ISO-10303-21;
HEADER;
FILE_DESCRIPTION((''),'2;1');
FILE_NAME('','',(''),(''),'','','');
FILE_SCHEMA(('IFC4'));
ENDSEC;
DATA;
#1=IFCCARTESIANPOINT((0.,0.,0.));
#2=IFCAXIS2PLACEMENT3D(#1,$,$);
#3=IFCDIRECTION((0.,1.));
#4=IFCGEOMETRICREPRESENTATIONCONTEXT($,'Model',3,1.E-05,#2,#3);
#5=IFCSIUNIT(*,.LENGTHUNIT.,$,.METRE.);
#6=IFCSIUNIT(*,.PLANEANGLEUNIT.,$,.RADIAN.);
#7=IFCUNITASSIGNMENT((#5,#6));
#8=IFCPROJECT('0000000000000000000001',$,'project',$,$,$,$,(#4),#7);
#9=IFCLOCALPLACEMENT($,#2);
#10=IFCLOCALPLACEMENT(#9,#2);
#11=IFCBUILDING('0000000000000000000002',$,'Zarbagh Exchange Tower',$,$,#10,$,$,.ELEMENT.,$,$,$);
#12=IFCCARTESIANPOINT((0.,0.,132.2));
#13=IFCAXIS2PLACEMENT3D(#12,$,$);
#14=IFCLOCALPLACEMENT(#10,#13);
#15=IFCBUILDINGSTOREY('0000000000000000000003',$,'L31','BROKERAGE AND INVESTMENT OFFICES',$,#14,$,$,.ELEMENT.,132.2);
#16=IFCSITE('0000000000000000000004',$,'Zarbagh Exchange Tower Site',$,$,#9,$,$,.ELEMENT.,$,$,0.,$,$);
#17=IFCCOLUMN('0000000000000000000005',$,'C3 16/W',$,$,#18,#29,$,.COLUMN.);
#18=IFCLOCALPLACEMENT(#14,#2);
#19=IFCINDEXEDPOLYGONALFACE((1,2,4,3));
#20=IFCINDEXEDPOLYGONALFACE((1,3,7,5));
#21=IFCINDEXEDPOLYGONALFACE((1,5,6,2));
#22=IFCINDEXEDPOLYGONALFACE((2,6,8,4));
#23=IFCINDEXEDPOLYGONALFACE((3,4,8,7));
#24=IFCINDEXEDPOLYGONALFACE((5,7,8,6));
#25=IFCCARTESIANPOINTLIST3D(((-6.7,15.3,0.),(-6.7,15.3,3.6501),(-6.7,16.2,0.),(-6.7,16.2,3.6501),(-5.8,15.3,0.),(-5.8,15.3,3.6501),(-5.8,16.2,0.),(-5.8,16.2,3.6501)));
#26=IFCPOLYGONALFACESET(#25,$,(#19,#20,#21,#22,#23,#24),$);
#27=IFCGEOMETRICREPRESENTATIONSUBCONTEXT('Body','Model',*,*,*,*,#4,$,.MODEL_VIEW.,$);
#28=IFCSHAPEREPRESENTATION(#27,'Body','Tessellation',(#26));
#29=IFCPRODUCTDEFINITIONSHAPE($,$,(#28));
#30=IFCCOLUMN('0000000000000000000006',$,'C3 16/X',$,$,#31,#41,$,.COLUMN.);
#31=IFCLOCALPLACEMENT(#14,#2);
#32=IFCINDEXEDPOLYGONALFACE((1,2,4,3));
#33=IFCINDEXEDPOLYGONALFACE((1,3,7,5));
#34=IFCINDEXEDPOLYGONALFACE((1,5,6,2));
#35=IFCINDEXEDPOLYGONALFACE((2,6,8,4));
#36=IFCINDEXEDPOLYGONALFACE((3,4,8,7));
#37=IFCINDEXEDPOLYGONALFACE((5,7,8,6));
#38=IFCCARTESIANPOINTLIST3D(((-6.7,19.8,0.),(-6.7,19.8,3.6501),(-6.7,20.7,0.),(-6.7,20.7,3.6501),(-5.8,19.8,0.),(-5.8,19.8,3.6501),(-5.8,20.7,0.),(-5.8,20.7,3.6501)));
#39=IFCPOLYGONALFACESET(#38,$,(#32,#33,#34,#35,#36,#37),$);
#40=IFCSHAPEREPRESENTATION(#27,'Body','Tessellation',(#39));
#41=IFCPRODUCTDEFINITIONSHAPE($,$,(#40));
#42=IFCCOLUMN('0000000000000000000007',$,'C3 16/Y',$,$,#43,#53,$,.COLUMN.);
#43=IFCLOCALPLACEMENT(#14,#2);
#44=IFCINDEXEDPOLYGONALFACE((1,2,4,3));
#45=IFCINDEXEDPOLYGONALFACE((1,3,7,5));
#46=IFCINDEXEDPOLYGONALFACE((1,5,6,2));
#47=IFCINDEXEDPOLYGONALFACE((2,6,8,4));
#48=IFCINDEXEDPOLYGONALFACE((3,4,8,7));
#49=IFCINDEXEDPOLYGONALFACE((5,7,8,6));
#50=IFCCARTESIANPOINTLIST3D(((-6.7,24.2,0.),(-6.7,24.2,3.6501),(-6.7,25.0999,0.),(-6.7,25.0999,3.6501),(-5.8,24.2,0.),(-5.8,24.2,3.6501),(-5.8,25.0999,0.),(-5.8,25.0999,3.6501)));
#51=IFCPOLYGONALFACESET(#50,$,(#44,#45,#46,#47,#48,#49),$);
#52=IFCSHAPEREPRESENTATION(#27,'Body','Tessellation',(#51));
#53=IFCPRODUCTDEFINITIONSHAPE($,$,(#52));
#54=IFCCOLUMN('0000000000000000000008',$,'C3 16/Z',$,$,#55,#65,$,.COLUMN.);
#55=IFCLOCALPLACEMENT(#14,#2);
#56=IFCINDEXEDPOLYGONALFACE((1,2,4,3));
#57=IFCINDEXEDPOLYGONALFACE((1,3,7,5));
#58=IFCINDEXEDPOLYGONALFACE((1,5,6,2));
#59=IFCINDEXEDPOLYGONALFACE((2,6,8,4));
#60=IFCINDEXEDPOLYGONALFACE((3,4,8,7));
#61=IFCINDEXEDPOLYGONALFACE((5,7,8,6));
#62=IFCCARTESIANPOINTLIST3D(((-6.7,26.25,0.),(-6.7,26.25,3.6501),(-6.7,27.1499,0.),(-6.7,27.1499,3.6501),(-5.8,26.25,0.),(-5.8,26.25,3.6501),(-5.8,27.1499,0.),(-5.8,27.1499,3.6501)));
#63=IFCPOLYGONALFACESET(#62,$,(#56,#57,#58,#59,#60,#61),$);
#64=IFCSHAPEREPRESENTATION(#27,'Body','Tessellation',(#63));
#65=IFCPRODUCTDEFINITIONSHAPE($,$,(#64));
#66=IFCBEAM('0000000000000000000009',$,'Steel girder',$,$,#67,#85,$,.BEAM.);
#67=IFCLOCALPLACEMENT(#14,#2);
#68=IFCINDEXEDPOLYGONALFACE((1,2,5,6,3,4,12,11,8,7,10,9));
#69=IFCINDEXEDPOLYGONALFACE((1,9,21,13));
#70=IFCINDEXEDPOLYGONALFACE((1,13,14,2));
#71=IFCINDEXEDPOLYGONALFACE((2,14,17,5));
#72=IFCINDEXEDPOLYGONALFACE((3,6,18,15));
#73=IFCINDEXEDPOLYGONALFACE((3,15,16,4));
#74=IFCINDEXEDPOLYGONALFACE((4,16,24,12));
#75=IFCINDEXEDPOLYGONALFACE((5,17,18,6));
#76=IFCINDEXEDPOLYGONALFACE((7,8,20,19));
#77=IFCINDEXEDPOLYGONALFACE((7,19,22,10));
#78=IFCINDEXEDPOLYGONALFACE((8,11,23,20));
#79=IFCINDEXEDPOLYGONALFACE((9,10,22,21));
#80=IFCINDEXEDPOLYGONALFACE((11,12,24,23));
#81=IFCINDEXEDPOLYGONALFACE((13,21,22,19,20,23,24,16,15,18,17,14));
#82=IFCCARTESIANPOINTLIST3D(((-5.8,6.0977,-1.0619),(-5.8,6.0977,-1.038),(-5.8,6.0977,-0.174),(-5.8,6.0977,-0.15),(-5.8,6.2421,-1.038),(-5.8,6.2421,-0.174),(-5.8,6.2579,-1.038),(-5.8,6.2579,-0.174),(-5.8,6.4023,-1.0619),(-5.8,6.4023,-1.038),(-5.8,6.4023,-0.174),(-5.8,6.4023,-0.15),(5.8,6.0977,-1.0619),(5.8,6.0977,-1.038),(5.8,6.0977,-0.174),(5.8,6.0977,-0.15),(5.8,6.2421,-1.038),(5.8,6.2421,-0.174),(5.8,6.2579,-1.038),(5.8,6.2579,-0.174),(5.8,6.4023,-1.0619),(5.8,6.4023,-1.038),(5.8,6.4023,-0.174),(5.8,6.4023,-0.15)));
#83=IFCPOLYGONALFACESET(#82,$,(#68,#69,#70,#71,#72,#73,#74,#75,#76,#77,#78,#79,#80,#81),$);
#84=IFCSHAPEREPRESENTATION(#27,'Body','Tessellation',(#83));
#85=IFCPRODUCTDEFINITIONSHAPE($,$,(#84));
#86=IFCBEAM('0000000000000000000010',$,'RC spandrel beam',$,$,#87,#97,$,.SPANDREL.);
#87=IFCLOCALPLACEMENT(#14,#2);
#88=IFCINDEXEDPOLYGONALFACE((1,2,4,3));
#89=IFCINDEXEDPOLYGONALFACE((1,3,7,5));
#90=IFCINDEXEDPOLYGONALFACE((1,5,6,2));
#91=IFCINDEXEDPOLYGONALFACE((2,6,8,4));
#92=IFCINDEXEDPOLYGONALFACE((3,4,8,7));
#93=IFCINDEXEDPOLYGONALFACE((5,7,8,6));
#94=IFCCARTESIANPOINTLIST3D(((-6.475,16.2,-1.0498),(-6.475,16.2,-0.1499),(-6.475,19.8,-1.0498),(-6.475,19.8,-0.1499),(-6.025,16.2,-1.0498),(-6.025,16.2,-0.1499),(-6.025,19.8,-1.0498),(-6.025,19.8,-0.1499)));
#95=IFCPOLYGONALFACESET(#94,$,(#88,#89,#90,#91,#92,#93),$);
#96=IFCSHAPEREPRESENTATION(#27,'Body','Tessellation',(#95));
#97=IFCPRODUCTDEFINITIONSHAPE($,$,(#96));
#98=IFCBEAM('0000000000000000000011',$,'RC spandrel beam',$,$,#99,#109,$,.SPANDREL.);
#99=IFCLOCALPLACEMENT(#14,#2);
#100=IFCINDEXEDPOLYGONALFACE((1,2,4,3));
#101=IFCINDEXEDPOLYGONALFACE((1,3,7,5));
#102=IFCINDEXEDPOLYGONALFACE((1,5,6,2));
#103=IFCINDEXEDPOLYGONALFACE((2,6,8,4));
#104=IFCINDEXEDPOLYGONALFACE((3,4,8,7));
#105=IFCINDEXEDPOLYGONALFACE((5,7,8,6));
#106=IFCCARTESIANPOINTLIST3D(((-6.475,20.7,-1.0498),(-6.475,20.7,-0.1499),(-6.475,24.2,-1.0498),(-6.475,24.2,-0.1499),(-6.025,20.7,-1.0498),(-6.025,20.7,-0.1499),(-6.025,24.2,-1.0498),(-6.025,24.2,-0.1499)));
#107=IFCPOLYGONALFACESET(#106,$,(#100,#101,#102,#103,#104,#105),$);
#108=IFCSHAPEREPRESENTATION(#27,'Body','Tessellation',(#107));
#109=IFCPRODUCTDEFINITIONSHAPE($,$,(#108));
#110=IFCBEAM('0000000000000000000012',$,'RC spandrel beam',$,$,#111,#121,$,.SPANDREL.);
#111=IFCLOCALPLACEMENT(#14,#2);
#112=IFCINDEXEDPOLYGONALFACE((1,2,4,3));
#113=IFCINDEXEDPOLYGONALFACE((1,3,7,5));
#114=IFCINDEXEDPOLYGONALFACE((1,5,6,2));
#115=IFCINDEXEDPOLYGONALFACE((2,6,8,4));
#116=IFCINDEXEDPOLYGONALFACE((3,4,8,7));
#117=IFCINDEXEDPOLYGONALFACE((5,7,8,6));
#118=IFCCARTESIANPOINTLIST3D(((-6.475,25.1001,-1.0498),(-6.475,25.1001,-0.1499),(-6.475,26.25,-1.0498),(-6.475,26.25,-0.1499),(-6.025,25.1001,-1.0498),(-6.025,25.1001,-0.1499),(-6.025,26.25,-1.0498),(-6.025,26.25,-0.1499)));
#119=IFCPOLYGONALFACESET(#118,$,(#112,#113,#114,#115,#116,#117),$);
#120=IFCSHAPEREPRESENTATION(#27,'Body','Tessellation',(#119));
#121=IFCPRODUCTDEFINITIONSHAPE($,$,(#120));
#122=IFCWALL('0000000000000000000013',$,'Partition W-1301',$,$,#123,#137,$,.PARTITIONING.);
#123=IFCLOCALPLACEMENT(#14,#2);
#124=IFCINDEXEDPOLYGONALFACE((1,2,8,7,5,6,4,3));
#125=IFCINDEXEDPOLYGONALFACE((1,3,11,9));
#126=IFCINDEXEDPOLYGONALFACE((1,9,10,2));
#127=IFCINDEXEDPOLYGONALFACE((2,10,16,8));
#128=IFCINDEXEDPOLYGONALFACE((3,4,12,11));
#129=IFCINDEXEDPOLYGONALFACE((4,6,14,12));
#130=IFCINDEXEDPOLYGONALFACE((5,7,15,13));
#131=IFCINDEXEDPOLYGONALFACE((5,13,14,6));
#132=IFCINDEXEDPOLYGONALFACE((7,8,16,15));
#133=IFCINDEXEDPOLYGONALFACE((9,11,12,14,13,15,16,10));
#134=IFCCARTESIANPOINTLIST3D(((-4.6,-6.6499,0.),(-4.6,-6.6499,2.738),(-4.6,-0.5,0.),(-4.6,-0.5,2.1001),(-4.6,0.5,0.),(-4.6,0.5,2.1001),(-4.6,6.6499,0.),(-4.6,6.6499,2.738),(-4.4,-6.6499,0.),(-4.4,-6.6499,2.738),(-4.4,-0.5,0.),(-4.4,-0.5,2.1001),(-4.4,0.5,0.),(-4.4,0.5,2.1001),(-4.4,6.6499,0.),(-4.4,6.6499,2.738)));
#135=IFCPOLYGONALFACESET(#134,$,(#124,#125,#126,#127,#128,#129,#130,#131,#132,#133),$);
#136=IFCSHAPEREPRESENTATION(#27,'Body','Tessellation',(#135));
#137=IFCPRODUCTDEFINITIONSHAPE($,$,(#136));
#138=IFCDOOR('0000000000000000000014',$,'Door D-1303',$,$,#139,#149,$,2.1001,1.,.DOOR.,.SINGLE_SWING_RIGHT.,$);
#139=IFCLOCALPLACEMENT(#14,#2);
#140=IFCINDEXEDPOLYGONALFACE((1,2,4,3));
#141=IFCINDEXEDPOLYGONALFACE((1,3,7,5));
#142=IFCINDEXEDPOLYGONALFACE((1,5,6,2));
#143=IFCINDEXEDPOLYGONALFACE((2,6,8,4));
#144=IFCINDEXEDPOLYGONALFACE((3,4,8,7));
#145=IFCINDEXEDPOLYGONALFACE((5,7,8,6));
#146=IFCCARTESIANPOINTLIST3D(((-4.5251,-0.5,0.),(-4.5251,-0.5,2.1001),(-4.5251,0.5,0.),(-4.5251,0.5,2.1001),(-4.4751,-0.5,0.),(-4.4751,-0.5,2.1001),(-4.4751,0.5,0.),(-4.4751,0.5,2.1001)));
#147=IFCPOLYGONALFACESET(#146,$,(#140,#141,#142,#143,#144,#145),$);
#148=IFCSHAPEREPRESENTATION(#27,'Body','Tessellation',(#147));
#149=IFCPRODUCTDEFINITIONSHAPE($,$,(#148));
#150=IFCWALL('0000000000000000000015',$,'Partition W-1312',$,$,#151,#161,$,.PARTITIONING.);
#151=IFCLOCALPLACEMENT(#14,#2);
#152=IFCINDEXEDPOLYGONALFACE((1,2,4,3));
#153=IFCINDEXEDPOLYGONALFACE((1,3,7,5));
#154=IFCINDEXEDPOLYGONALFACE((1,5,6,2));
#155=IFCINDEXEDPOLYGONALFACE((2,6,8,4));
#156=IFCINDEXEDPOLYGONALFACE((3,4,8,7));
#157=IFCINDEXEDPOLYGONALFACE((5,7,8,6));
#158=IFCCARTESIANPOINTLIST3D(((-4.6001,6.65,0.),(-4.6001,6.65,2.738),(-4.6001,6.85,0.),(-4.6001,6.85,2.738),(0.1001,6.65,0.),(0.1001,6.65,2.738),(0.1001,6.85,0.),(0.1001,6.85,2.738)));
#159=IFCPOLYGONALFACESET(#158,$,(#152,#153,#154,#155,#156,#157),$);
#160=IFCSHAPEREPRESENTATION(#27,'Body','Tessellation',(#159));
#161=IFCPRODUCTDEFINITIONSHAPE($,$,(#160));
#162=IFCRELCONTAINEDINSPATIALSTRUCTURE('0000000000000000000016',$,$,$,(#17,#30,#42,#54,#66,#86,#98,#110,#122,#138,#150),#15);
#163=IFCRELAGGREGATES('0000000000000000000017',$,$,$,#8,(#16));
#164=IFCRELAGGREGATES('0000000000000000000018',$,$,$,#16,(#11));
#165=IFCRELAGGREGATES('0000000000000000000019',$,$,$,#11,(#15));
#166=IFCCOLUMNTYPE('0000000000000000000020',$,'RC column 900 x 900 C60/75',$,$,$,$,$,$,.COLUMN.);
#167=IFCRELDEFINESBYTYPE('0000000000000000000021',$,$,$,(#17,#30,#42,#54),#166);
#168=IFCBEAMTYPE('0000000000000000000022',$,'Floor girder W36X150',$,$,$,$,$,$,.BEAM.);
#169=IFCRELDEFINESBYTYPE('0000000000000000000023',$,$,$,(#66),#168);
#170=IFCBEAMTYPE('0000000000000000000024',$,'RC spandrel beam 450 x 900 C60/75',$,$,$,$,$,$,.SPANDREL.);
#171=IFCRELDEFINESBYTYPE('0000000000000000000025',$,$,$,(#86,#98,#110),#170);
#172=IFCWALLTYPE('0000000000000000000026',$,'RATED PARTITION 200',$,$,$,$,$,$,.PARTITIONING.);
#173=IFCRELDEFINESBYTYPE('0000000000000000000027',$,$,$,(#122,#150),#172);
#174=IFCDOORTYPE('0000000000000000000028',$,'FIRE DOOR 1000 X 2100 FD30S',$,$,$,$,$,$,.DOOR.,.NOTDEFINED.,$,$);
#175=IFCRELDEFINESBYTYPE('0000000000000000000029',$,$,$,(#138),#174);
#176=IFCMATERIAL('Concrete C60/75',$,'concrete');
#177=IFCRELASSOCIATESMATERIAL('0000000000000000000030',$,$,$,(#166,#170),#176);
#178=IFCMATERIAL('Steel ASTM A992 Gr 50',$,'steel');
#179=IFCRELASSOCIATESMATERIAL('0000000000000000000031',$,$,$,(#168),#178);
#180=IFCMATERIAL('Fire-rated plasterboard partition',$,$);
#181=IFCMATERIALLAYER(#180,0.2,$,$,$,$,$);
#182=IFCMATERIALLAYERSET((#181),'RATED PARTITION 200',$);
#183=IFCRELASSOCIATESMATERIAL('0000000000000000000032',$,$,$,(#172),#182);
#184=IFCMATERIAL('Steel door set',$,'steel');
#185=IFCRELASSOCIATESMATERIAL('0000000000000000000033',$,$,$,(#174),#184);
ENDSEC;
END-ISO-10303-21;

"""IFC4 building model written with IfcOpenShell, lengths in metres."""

from ifc_helpers import new_model, si_unit, direction, frame, frame_2d, origin, origin_2d, place, context, subcontext, project, spatial, rectangle, i_section, extrude, material, layer, layer_set, material_profile, profile_set, type_object, element, fill, save


model = new_model("IFC4")

# Units and contexts
model_context = context("Model", 3, precision=1e-05, world=origin(), true_north=direction((0.0, 1.0)))
body_context = subcontext(model_context, "Body", "Model", "MODEL_VIEW")
ifc_project = project(units=[si_unit("LENGTHUNIT", "METRE"), si_unit("PLANEANGLEUNIT", "RADIAN")], contexts=[model_context])

# Site, building, storey
site_placement = place(None, origin())
site = spatial("IfcSite", under=ifc_project, at=site_placement, Name="Zarbagh Exchange Tower Site", CompositionType="ELEMENT", RefElevation=0.0)
building_placement = place(site_placement, origin())
building = spatial("IfcBuilding", under=site, at=building_placement, Name="Zarbagh Exchange Tower", CompositionType="ELEMENT")
storey_placement = place(building_placement, frame((0.0, 0.0, 132.2)))
storey = spatial("IfcBuildingStorey", under=building, at=storey_placement, Name="L31", Description="BROKERAGE AND INVESTMENT OFFICES", CompositionType="ELEMENT", Elevation=132.2)

# Columns
ifc_material_1 = material(Name="Concrete C60/75", Category="concrete")
ifc_material_profile_1 = material_profile(ifc_material_1, rectangle(XDim=0.8999, YDim=0.8999, at=origin_2d()), Name="RC column 900 x 900 C60/75")
ifc_profile_set_1 = profile_set([ifc_material_profile_1], Name="Concrete C60/75")
column_type = type_object("IfcColumnType", Name="RC column 900 x 900 C60/75", PredefinedType="COLUMN", material=ifc_profile_set_1)
for number, where, z_axis, x_axis, name in (
    (1, (-6.25, 15.75, 0.0), (0.0, 0.0, 1.0), (1.0, 0.0, 0.0), "C3 16/W"),
    (2, (-6.25, 20.25, 0.0), (0.0, 0.0, 1.0), (1.0, 0.0, 0.0), "C3 16/X"),
    (3, (-6.25, 24.6499, 0.0), (0.0, 0.0, 1.0), (1.0, 0.0, 0.0), "C3 16/Y"),
    (4, (-6.25, 26.7, 0.0), (0.0, 0.0, 1.0), (1.0, 0.0, 0.0), "C3 16/Z"),
):
    element("IfcColumn", number, at=place(storey_placement, frame(where, z_axis=z_axis, x_axis=x_axis)), inside=storey, type_object=column_type, Name=name, PredefinedType="COLUMN", context=body_context, shape_type="SweptSolid", body=[
        extrude(rectangle(XDim=0.8999, YDim=0.8999, at=origin_2d()), origin(), (0.0, 0.0, 1.0), 3.6501),
    ])

# Beams
ifc_material_2 = material(Name="Steel ASTM A992 Gr 50", Category="steel")
ifc_material_profile_2 = material_profile(ifc_material_2, i_section(OverallWidth=0.3047, OverallDepth=0.9119, WebThickness=0.0159, FlangeThickness=0.0239, at=origin_2d()), Name="W36X150")
ifc_profile_set_2 = profile_set([ifc_material_profile_2], Name="Steel ASTM A992 Gr 50")
beam_type_1 = type_object("IfcBeamType", Name="Floor girder W36X150", PredefinedType="BEAM", material=ifc_profile_set_2)
beam_1_placement = place(storey_placement, frame((-5.8, 6.25, -0.606), z_axis=(1.0, 0.0, 0.0), x_axis=(0.0, 1.0, 0.0)))
element("IfcBeam", 5, at=beam_1_placement, inside=storey, type_object=beam_type_1, Name="Steel girder", PredefinedType="BEAM", context=body_context, shape_type="SweptSolid", body=[
    extrude(i_section(OverallWidth=0.3047, OverallDepth=0.9119, WebThickness=0.0159, FlangeThickness=0.0239, at=origin_2d()), origin(), (0.0, 0.0, 1.0), 11.6001),
])
ifc_material_profile_3 = material_profile(ifc_material_1, rectangle(XDim=0.45, YDim=0.8999, at=origin_2d()), Name="RC spandrel beam 450 x 900 C60/75")
ifc_profile_set_3 = profile_set([ifc_material_profile_3], Name="Concrete C60/75")
beam_type_2 = type_object("IfcBeamType", Name="RC spandrel beam 450 x 900 C60/75", PredefinedType="SPANDREL", material=ifc_profile_set_3)
beam_2_placement = place(storey_placement, frame((-6.25, 16.2, -0.5999), z_axis=(0.0, 1.0, 0.0), x_axis=(-1.0, 0.0, 0.0)))
element("IfcBeam", 6, at=beam_2_placement, inside=storey, type_object=beam_type_2, Name="RC spandrel beam", PredefinedType="SPANDREL", context=body_context, shape_type="SweptSolid", body=[
    extrude(rectangle(XDim=0.45, YDim=0.8999, at=origin_2d()), origin(), (0.0, 0.0, 1.0), 3.6001),
])
beam_3_placement = place(storey_placement, frame((-6.25, 20.7, -0.5999), z_axis=(0.0, 1.0, 0.0), x_axis=(-1.0, 0.0, 0.0)))
element("IfcBeam", 7, at=beam_3_placement, inside=storey, type_object=beam_type_2, Name="RC spandrel beam", PredefinedType="SPANDREL", context=body_context, shape_type="SweptSolid", body=[
    extrude(rectangle(XDim=0.45, YDim=0.8999, at=origin_2d()), origin(), (0.0, 0.0, 1.0), 3.5),
])
beam_4_placement = place(storey_placement, frame((-6.25, 25.1001, -0.5999), z_axis=(0.0, 1.0, 0.0), x_axis=(-1.0, 0.0, 0.0)))
element("IfcBeam", 8, at=beam_4_placement, inside=storey, type_object=beam_type_2, Name="RC spandrel beam", PredefinedType="SPANDREL", context=body_context, shape_type="SweptSolid", body=[
    extrude(rectangle(XDim=0.45, YDim=0.8999, at=origin_2d()), origin(), (0.0, 0.0, 1.0), 1.1499),
])

# Wall, opening, door
ifc_material_3 = material(Name="Fire-rated plasterboard partition")
ifc_layer_1 = layer(ifc_material_3, 0.2)
ifc_layer_set_1 = layer_set([ifc_layer_1], Name="RATED PARTITION 200")
wall_type_1 = type_object("IfcWallType", Name="RATED PARTITION 200", PredefinedType="PARTITIONING", material=ifc_layer_set_1)
wall_1_placement = place(storey_placement, frame((-4.5, 6.6499, 0.0), z_axis=(0.0, 0.0, 1.0), x_axis=(0.0, -1.0, 0.0)))
wall_1 = element("IfcWall", 9, at=wall_1_placement, inside=storey, type_object=wall_type_1, Name="Partition W-1301", PredefinedType="PARTITIONING", context=body_context, shape_type="SweptSolid", body=[
    extrude(rectangle(XDim=13.2998, YDim=0.2, at=frame_2d((6.6499, 0.0))), origin(), (0.0, 0.0, 1.0), 2.738),
])
opening_1_placement = place(wall_1_placement, frame((6.1499, 0.0, 0.0)))
opening_1 = element("IfcOpeningElement", 10, at=opening_1_placement, cuts=wall_1, PredefinedType="OPENING", context=body_context, shape_type="SweptSolid", body=[
    extrude(rectangle(XDim=1.0, YDim=2.1001, at=frame_2d((0.5, 1.05))), frame((0.0, 0.1099, 0.0), z_axis=(0.0, -1.0, 0.0), x_axis=(1.0, 0.0, 0.0)), (0.0, 0.0, 1.0), 0.22),
])
ifc_material_4 = material(Name="Steel door set", Category="steel")
door_type_1 = type_object("IfcDoorType", Name="FIRE DOOR 1000 X 2100 FD30S", OperationType="NOTDEFINED", PredefinedType="DOOR", material=ifc_material_4)
door_1_placement = place(opening_1_placement, origin())
door_1 = element("IfcDoor", 11, at=door_1_placement, inside=storey, type_object=door_type_1, Name="Door D-1303", OperationType="SINGLE_SWING_RIGHT", OverallHeight=2.1001, OverallWidth=1.0, PredefinedType="DOOR", context=body_context, shape_type="SweptSolid", body=[
    extrude(rectangle(XDim=1.0, YDim=2.1001, at=frame_2d((0.5, 1.05))), frame((0.0, 0.0249, 0.0), z_axis=(0.0, -1.0, 0.0), x_axis=(1.0, 0.0, 0.0)), (0.0, 0.0, 1.0), 0.05),
])
fill(opening_1, door_1)

# Wall
wall_2_placement = place(storey_placement, frame((-4.6001, 6.75, 0.0), z_axis=(0.0, 0.0, 1.0), x_axis=(1.0, 0.0, 0.0)))
element("IfcWall", 12, at=wall_2_placement, inside=storey, type_object=wall_type_1, Name="Partition W-1312", PredefinedType="PARTITIONING", context=body_context, shape_type="SweptSolid", body=[
    extrude(rectangle(XDim=4.7002, YDim=0.2, at=frame_2d((2.3501, 0.0))), origin(), (0.0, 0.0, 1.0), 2.738),
])

save(model, "model.ifc")
